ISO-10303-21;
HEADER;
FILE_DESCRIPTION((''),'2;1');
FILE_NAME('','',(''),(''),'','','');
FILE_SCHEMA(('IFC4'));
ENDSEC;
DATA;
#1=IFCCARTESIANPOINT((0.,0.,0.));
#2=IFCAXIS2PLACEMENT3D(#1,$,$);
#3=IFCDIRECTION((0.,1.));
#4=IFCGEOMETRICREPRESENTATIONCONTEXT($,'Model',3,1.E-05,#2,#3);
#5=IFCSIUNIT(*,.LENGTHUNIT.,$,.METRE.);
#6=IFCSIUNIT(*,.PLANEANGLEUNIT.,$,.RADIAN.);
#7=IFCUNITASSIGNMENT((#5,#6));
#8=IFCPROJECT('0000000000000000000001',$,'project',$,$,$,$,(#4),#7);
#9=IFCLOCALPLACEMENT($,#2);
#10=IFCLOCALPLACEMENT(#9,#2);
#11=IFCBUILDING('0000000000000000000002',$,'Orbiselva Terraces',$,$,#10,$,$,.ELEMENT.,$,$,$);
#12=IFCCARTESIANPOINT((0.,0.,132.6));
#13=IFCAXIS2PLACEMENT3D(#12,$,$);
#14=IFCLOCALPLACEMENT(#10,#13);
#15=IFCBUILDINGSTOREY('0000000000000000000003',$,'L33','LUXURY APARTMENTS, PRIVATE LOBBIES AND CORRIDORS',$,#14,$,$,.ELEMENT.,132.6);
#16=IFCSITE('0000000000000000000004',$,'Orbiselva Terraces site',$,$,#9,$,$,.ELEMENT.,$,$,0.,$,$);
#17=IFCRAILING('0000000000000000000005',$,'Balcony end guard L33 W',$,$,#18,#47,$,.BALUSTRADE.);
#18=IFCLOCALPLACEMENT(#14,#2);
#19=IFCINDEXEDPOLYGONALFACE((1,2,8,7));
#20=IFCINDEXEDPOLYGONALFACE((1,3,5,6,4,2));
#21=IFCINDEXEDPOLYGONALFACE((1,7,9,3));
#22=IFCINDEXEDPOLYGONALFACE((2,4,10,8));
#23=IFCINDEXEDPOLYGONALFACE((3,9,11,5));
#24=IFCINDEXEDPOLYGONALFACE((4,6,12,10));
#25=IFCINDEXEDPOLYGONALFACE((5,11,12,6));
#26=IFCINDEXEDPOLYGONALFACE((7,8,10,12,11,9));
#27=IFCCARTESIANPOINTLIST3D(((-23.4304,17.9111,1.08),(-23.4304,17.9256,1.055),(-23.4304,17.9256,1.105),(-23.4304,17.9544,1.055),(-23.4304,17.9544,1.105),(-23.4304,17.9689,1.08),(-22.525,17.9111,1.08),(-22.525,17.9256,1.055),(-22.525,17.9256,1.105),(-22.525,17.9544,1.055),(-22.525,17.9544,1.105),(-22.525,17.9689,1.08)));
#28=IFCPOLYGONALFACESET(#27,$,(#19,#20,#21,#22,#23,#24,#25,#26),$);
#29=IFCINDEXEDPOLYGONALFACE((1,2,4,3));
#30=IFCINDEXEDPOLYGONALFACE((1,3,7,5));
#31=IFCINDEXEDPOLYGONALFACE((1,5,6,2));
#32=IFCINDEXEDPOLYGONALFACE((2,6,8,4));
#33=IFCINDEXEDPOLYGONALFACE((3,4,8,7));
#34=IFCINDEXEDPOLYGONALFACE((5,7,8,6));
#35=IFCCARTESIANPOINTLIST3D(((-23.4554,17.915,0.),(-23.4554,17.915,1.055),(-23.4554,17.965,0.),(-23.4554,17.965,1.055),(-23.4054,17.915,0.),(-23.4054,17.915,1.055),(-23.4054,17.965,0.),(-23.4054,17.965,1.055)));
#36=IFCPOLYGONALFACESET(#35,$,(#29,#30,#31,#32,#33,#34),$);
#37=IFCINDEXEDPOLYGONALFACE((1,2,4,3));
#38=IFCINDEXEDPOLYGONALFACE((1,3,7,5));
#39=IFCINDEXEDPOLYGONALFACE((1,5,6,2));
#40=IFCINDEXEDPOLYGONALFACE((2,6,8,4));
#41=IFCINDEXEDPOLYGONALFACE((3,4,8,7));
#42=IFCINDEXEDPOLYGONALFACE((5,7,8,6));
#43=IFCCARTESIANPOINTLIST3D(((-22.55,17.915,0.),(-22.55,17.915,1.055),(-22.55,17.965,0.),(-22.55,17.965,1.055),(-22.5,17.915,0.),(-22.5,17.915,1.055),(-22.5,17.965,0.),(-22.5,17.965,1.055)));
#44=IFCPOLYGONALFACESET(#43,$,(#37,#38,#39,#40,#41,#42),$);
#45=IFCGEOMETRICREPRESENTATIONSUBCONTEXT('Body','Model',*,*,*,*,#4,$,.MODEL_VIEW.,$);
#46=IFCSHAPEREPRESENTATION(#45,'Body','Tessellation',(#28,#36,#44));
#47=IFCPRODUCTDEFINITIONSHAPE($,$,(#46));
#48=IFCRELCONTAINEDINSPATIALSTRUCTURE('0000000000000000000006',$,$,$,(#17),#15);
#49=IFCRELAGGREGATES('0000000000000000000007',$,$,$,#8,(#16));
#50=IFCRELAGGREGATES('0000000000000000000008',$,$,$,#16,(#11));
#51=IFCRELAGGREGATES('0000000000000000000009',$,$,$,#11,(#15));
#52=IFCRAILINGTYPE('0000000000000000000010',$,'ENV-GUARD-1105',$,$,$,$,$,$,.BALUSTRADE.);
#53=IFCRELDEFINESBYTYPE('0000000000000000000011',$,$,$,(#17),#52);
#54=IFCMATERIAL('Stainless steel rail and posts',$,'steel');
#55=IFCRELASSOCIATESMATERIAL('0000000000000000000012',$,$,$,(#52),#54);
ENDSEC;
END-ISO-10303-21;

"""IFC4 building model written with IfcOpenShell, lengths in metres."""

from ifc_helpers import new_model, si_unit, direction, frame, origin, origin_2d, place, context, subcontext, project, spatial, polyline, rectangle, outline, extrude, material, type_object, element, save


model = new_model("IFC4")

# Units and contexts
model_context = context("Model", 3, precision=1e-05, world=origin(), true_north=direction((0.0, 1.0)))
body_context = subcontext(model_context, "Body", "Model", "MODEL_VIEW")
ifc_project = project(units=[si_unit("LENGTHUNIT", "METRE"), si_unit("PLANEANGLEUNIT", "RADIAN")], contexts=[model_context])

# Site, building, storey
site_placement = place(None, origin())
site = spatial("IfcSite", under=ifc_project, at=site_placement, Name="Orbiselva Terraces site", CompositionType="ELEMENT", RefElevation=0.0)
building_placement = place(site_placement, origin())
building = spatial("IfcBuilding", under=site, at=building_placement, Name="Orbiselva Terraces", CompositionType="ELEMENT")
storey_placement = place(building_placement, frame((0.0, 0.0, 132.6)))
storey = spatial("IfcBuildingStorey", under=building, at=storey_placement, Name="L33", Description="LUXURY APARTMENTS, PRIVATE LOBBIES AND CORRIDORS", CompositionType="ELEMENT", Elevation=132.6)

# Railing
ifc_material_1 = material(Name="Stainless steel rail and posts", Category="steel")
railing_type_1 = type_object("IfcRailingType", Name="ENV-GUARD-1105", PredefinedType="BALUSTRADE", material=ifc_material_1)
railing_1_placement = place(storey_placement, frame((-23.4304, 17.94, 0.0)))
element("IfcRailing", 1, at=railing_1_placement, inside=storey, type_object=railing_type_1, Name="Balcony end guard L33 W", PredefinedType="BALUSTRADE", context=body_context, shape_type="SweptSolid", body=[
    extrude(outline(polyline([(0.0289, 0.0), (0.0144, 0.025), (-0.0144, 0.025), (-0.0289, 0.0), (-0.0144, -0.025), (0.0144, -0.025), (0.0289, 0.0)])), frame((0.0, 0.0, 1.08), z_axis=(1.0, 0.0, 0.0), x_axis=(0.0, 1.0, 0.0)), (0.0, 0.0, 1.0), 0.9054),
    extrude(rectangle(XDim=0.05, YDim=0.05, at=origin_2d()), origin(), (0.0, 0.0, 1.0), 1.055),
    extrude(rectangle(XDim=0.05, YDim=0.05, at=origin_2d()), frame((0.9054, 0.0, 0.0)), (0.0, 0.0, 1.0), 1.055),
])

save(model, "model.ifc")
